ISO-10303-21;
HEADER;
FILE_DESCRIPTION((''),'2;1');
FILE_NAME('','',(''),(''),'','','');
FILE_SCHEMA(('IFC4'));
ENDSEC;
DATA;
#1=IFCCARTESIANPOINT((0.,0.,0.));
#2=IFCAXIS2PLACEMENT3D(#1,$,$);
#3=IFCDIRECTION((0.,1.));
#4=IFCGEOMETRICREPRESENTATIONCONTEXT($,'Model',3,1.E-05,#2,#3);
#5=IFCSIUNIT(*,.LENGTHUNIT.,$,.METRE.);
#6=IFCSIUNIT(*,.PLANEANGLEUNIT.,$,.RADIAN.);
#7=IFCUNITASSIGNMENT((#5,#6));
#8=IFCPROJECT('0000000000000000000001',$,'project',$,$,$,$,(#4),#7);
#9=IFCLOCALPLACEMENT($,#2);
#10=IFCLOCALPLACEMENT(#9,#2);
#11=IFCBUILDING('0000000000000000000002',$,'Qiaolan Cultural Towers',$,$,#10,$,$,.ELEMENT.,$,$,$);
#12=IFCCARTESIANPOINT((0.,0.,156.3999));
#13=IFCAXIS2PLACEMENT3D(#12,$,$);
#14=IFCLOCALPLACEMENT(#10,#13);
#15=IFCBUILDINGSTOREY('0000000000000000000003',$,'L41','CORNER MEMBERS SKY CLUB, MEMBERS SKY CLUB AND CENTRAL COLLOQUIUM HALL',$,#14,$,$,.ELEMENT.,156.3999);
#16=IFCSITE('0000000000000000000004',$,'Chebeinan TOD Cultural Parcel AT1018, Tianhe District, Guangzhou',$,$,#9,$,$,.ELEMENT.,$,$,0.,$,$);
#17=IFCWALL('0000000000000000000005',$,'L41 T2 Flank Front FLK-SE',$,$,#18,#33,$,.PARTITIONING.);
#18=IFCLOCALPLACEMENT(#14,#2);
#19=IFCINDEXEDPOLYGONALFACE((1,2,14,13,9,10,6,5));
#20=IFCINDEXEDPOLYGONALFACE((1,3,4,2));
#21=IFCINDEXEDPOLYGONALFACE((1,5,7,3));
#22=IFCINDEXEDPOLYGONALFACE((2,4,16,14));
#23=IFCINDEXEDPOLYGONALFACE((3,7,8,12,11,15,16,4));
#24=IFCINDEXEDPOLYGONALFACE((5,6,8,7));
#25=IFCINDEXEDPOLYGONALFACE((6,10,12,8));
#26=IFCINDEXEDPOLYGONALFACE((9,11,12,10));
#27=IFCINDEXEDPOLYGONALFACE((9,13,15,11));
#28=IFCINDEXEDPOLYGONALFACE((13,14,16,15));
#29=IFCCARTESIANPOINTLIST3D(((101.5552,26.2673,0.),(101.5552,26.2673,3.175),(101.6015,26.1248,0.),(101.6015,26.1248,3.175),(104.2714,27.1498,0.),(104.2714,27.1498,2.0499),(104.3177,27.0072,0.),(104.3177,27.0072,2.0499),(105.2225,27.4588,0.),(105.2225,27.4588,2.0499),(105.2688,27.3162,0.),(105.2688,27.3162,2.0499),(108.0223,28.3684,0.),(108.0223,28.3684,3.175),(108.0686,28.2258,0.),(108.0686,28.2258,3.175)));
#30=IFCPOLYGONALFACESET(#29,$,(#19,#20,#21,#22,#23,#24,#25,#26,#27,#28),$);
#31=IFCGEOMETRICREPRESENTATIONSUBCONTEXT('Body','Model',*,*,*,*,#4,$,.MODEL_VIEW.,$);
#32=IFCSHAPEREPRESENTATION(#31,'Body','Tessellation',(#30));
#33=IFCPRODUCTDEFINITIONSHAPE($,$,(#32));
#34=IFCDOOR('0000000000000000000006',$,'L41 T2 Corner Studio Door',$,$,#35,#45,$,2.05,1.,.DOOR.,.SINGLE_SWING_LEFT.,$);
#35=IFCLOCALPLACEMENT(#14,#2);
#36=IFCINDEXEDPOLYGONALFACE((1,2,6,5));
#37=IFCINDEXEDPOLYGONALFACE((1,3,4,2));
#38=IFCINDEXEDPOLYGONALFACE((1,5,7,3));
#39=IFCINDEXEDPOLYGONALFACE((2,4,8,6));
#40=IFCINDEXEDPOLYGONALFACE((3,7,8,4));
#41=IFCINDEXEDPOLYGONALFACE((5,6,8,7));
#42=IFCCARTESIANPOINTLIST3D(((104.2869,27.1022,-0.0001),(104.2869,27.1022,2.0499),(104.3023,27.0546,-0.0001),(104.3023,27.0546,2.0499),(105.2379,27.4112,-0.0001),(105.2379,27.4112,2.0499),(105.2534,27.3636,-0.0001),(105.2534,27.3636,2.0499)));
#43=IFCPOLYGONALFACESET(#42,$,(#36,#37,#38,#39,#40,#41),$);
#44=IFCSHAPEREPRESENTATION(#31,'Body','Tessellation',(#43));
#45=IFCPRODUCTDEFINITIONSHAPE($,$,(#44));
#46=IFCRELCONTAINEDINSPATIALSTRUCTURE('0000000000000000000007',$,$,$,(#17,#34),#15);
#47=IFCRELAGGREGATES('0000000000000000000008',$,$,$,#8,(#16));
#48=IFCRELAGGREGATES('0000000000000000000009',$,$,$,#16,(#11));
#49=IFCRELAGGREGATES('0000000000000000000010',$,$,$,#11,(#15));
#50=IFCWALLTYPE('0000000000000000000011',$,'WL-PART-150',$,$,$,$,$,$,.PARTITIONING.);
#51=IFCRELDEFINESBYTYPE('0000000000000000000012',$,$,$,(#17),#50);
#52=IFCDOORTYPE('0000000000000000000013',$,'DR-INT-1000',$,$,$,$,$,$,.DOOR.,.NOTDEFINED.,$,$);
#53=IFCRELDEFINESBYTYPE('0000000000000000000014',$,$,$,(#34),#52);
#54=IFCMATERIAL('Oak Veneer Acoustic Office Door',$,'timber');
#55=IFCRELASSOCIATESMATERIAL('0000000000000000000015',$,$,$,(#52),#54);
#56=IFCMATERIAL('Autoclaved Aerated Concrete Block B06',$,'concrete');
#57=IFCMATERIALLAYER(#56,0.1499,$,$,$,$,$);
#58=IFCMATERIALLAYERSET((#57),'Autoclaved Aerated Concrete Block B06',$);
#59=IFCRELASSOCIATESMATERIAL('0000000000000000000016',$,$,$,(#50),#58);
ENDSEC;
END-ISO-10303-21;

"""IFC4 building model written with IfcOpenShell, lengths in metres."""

from ifc_helpers import new_model, si_unit, direction, frame, frame_2d, origin, place, context, subcontext, project, spatial, rectangle, extrude, material, layer, layer_set, type_object, element, fill, save


model = new_model("IFC4")

# Units and contexts
model_context = context("Model", 3, precision=1e-05, world=origin(), true_north=direction((0.0, 1.0)))
body_context = subcontext(model_context, "Body", "Model", "MODEL_VIEW")
ifc_project = project(units=[si_unit("LENGTHUNIT", "METRE"), si_unit("PLANEANGLEUNIT", "RADIAN")], contexts=[model_context])

# Site, building, storey
site_placement = place(None, origin())
site = spatial("IfcSite", under=ifc_project, at=site_placement, Name="Chebeinan TOD Cultural Parcel AT1018, Tianhe District, Guangzhou", CompositionType="ELEMENT", RefElevation=0.0)
building_placement = place(site_placement, origin())
building = spatial("IfcBuilding", under=site, at=building_placement, Name="Qiaolan Cultural Towers", CompositionType="ELEMENT")
storey_placement = place(building_placement, frame((0.0, 0.0, 156.3999)))
storey = spatial("IfcBuildingStorey", under=building, at=storey_placement, Name="L41", Description="CORNER MEMBERS SKY CLUB, MEMBERS SKY CLUB AND CENTRAL COLLOQUIUM HALL", CompositionType="ELEMENT", Elevation=156.3999)

# Shared definitions
ifc_material_1 = material(Name="Oak Veneer Acoustic Office Door", Category="timber")
door_type_1 = type_object("IfcDoorType", Name="DR-INT-1000", OperationType="NOTDEFINED", PredefinedType="DOOR", material=ifc_material_1)

# Wall, opening, door
ifc_material_2 = material(Name="Autoclaved Aerated Concrete Block B06", Category="concrete")
ifc_layer_1 = layer(ifc_material_2, 0.1499)
ifc_layer_set_1 = layer_set([ifc_layer_1], Name="Autoclaved Aerated Concrete Block B06")
wall_type_1 = type_object("IfcWallType", Name="WL-PART-150", PredefinedType="PARTITIONING", material=ifc_layer_set_1)
wall_1_placement = place(storey_placement, frame((101.5784, 26.196, 0.0), z_axis=(0.0, 0.0, 1.0), x_axis=(0.951065, 0.308991, 0.0)))
wall_1 = element("IfcWall", 1, at=wall_1_placement, inside=storey, type_object=wall_type_1, Name="L41 T2 Flank Front FLK-SE", PredefinedType="PARTITIONING", context=body_context, shape_type="SweptSolid", body=[
    extrude(rectangle(XDim=6.7998, YDim=0.1499, at=frame_2d((3.3999, 0.0))), origin(), (0.0, 0.0, 1.0), 3.175),
])
opening_1_placement = place(wall_1_placement, frame((2.856, 0.0, 0.0)))
opening_1 = element("IfcOpeningElement", 2, at=opening_1_placement, cuts=wall_1, PredefinedType="OPENING", context=body_context, shape_type="SweptSolid", body=[
    extrude(rectangle(XDim=1.0, YDim=2.05, at=frame_2d((0.5, 1.0249))), frame((0.0, 0.085, 0.0), z_axis=(0.0, -1.0, 0.0), x_axis=(1.0, 0.0, 0.0)), (0.0, 0.0, 1.0), 0.1699),
])
door_1_placement = place(opening_1_placement, origin())
door_1 = element("IfcDoor", 3, at=door_1_placement, inside=storey, type_object=door_type_1, Name="L41 T2 Corner Studio Door", OperationType="SINGLE_SWING_LEFT", OverallHeight=2.05, OverallWidth=1.0, PredefinedType="DOOR", context=body_context, shape_type="SweptSolid", body=[
    extrude(rectangle(XDim=1.0, YDim=2.05, at=frame_2d((0.5, 1.0249))), frame((0.0, 0.0249, 0.0), z_axis=(0.0, -1.0, 0.0), x_axis=(1.0, 0.0, 0.0)), (0.0, 0.0, 1.0), 0.05),
])
fill(opening_1, door_1)

save(model, "model.ifc")
